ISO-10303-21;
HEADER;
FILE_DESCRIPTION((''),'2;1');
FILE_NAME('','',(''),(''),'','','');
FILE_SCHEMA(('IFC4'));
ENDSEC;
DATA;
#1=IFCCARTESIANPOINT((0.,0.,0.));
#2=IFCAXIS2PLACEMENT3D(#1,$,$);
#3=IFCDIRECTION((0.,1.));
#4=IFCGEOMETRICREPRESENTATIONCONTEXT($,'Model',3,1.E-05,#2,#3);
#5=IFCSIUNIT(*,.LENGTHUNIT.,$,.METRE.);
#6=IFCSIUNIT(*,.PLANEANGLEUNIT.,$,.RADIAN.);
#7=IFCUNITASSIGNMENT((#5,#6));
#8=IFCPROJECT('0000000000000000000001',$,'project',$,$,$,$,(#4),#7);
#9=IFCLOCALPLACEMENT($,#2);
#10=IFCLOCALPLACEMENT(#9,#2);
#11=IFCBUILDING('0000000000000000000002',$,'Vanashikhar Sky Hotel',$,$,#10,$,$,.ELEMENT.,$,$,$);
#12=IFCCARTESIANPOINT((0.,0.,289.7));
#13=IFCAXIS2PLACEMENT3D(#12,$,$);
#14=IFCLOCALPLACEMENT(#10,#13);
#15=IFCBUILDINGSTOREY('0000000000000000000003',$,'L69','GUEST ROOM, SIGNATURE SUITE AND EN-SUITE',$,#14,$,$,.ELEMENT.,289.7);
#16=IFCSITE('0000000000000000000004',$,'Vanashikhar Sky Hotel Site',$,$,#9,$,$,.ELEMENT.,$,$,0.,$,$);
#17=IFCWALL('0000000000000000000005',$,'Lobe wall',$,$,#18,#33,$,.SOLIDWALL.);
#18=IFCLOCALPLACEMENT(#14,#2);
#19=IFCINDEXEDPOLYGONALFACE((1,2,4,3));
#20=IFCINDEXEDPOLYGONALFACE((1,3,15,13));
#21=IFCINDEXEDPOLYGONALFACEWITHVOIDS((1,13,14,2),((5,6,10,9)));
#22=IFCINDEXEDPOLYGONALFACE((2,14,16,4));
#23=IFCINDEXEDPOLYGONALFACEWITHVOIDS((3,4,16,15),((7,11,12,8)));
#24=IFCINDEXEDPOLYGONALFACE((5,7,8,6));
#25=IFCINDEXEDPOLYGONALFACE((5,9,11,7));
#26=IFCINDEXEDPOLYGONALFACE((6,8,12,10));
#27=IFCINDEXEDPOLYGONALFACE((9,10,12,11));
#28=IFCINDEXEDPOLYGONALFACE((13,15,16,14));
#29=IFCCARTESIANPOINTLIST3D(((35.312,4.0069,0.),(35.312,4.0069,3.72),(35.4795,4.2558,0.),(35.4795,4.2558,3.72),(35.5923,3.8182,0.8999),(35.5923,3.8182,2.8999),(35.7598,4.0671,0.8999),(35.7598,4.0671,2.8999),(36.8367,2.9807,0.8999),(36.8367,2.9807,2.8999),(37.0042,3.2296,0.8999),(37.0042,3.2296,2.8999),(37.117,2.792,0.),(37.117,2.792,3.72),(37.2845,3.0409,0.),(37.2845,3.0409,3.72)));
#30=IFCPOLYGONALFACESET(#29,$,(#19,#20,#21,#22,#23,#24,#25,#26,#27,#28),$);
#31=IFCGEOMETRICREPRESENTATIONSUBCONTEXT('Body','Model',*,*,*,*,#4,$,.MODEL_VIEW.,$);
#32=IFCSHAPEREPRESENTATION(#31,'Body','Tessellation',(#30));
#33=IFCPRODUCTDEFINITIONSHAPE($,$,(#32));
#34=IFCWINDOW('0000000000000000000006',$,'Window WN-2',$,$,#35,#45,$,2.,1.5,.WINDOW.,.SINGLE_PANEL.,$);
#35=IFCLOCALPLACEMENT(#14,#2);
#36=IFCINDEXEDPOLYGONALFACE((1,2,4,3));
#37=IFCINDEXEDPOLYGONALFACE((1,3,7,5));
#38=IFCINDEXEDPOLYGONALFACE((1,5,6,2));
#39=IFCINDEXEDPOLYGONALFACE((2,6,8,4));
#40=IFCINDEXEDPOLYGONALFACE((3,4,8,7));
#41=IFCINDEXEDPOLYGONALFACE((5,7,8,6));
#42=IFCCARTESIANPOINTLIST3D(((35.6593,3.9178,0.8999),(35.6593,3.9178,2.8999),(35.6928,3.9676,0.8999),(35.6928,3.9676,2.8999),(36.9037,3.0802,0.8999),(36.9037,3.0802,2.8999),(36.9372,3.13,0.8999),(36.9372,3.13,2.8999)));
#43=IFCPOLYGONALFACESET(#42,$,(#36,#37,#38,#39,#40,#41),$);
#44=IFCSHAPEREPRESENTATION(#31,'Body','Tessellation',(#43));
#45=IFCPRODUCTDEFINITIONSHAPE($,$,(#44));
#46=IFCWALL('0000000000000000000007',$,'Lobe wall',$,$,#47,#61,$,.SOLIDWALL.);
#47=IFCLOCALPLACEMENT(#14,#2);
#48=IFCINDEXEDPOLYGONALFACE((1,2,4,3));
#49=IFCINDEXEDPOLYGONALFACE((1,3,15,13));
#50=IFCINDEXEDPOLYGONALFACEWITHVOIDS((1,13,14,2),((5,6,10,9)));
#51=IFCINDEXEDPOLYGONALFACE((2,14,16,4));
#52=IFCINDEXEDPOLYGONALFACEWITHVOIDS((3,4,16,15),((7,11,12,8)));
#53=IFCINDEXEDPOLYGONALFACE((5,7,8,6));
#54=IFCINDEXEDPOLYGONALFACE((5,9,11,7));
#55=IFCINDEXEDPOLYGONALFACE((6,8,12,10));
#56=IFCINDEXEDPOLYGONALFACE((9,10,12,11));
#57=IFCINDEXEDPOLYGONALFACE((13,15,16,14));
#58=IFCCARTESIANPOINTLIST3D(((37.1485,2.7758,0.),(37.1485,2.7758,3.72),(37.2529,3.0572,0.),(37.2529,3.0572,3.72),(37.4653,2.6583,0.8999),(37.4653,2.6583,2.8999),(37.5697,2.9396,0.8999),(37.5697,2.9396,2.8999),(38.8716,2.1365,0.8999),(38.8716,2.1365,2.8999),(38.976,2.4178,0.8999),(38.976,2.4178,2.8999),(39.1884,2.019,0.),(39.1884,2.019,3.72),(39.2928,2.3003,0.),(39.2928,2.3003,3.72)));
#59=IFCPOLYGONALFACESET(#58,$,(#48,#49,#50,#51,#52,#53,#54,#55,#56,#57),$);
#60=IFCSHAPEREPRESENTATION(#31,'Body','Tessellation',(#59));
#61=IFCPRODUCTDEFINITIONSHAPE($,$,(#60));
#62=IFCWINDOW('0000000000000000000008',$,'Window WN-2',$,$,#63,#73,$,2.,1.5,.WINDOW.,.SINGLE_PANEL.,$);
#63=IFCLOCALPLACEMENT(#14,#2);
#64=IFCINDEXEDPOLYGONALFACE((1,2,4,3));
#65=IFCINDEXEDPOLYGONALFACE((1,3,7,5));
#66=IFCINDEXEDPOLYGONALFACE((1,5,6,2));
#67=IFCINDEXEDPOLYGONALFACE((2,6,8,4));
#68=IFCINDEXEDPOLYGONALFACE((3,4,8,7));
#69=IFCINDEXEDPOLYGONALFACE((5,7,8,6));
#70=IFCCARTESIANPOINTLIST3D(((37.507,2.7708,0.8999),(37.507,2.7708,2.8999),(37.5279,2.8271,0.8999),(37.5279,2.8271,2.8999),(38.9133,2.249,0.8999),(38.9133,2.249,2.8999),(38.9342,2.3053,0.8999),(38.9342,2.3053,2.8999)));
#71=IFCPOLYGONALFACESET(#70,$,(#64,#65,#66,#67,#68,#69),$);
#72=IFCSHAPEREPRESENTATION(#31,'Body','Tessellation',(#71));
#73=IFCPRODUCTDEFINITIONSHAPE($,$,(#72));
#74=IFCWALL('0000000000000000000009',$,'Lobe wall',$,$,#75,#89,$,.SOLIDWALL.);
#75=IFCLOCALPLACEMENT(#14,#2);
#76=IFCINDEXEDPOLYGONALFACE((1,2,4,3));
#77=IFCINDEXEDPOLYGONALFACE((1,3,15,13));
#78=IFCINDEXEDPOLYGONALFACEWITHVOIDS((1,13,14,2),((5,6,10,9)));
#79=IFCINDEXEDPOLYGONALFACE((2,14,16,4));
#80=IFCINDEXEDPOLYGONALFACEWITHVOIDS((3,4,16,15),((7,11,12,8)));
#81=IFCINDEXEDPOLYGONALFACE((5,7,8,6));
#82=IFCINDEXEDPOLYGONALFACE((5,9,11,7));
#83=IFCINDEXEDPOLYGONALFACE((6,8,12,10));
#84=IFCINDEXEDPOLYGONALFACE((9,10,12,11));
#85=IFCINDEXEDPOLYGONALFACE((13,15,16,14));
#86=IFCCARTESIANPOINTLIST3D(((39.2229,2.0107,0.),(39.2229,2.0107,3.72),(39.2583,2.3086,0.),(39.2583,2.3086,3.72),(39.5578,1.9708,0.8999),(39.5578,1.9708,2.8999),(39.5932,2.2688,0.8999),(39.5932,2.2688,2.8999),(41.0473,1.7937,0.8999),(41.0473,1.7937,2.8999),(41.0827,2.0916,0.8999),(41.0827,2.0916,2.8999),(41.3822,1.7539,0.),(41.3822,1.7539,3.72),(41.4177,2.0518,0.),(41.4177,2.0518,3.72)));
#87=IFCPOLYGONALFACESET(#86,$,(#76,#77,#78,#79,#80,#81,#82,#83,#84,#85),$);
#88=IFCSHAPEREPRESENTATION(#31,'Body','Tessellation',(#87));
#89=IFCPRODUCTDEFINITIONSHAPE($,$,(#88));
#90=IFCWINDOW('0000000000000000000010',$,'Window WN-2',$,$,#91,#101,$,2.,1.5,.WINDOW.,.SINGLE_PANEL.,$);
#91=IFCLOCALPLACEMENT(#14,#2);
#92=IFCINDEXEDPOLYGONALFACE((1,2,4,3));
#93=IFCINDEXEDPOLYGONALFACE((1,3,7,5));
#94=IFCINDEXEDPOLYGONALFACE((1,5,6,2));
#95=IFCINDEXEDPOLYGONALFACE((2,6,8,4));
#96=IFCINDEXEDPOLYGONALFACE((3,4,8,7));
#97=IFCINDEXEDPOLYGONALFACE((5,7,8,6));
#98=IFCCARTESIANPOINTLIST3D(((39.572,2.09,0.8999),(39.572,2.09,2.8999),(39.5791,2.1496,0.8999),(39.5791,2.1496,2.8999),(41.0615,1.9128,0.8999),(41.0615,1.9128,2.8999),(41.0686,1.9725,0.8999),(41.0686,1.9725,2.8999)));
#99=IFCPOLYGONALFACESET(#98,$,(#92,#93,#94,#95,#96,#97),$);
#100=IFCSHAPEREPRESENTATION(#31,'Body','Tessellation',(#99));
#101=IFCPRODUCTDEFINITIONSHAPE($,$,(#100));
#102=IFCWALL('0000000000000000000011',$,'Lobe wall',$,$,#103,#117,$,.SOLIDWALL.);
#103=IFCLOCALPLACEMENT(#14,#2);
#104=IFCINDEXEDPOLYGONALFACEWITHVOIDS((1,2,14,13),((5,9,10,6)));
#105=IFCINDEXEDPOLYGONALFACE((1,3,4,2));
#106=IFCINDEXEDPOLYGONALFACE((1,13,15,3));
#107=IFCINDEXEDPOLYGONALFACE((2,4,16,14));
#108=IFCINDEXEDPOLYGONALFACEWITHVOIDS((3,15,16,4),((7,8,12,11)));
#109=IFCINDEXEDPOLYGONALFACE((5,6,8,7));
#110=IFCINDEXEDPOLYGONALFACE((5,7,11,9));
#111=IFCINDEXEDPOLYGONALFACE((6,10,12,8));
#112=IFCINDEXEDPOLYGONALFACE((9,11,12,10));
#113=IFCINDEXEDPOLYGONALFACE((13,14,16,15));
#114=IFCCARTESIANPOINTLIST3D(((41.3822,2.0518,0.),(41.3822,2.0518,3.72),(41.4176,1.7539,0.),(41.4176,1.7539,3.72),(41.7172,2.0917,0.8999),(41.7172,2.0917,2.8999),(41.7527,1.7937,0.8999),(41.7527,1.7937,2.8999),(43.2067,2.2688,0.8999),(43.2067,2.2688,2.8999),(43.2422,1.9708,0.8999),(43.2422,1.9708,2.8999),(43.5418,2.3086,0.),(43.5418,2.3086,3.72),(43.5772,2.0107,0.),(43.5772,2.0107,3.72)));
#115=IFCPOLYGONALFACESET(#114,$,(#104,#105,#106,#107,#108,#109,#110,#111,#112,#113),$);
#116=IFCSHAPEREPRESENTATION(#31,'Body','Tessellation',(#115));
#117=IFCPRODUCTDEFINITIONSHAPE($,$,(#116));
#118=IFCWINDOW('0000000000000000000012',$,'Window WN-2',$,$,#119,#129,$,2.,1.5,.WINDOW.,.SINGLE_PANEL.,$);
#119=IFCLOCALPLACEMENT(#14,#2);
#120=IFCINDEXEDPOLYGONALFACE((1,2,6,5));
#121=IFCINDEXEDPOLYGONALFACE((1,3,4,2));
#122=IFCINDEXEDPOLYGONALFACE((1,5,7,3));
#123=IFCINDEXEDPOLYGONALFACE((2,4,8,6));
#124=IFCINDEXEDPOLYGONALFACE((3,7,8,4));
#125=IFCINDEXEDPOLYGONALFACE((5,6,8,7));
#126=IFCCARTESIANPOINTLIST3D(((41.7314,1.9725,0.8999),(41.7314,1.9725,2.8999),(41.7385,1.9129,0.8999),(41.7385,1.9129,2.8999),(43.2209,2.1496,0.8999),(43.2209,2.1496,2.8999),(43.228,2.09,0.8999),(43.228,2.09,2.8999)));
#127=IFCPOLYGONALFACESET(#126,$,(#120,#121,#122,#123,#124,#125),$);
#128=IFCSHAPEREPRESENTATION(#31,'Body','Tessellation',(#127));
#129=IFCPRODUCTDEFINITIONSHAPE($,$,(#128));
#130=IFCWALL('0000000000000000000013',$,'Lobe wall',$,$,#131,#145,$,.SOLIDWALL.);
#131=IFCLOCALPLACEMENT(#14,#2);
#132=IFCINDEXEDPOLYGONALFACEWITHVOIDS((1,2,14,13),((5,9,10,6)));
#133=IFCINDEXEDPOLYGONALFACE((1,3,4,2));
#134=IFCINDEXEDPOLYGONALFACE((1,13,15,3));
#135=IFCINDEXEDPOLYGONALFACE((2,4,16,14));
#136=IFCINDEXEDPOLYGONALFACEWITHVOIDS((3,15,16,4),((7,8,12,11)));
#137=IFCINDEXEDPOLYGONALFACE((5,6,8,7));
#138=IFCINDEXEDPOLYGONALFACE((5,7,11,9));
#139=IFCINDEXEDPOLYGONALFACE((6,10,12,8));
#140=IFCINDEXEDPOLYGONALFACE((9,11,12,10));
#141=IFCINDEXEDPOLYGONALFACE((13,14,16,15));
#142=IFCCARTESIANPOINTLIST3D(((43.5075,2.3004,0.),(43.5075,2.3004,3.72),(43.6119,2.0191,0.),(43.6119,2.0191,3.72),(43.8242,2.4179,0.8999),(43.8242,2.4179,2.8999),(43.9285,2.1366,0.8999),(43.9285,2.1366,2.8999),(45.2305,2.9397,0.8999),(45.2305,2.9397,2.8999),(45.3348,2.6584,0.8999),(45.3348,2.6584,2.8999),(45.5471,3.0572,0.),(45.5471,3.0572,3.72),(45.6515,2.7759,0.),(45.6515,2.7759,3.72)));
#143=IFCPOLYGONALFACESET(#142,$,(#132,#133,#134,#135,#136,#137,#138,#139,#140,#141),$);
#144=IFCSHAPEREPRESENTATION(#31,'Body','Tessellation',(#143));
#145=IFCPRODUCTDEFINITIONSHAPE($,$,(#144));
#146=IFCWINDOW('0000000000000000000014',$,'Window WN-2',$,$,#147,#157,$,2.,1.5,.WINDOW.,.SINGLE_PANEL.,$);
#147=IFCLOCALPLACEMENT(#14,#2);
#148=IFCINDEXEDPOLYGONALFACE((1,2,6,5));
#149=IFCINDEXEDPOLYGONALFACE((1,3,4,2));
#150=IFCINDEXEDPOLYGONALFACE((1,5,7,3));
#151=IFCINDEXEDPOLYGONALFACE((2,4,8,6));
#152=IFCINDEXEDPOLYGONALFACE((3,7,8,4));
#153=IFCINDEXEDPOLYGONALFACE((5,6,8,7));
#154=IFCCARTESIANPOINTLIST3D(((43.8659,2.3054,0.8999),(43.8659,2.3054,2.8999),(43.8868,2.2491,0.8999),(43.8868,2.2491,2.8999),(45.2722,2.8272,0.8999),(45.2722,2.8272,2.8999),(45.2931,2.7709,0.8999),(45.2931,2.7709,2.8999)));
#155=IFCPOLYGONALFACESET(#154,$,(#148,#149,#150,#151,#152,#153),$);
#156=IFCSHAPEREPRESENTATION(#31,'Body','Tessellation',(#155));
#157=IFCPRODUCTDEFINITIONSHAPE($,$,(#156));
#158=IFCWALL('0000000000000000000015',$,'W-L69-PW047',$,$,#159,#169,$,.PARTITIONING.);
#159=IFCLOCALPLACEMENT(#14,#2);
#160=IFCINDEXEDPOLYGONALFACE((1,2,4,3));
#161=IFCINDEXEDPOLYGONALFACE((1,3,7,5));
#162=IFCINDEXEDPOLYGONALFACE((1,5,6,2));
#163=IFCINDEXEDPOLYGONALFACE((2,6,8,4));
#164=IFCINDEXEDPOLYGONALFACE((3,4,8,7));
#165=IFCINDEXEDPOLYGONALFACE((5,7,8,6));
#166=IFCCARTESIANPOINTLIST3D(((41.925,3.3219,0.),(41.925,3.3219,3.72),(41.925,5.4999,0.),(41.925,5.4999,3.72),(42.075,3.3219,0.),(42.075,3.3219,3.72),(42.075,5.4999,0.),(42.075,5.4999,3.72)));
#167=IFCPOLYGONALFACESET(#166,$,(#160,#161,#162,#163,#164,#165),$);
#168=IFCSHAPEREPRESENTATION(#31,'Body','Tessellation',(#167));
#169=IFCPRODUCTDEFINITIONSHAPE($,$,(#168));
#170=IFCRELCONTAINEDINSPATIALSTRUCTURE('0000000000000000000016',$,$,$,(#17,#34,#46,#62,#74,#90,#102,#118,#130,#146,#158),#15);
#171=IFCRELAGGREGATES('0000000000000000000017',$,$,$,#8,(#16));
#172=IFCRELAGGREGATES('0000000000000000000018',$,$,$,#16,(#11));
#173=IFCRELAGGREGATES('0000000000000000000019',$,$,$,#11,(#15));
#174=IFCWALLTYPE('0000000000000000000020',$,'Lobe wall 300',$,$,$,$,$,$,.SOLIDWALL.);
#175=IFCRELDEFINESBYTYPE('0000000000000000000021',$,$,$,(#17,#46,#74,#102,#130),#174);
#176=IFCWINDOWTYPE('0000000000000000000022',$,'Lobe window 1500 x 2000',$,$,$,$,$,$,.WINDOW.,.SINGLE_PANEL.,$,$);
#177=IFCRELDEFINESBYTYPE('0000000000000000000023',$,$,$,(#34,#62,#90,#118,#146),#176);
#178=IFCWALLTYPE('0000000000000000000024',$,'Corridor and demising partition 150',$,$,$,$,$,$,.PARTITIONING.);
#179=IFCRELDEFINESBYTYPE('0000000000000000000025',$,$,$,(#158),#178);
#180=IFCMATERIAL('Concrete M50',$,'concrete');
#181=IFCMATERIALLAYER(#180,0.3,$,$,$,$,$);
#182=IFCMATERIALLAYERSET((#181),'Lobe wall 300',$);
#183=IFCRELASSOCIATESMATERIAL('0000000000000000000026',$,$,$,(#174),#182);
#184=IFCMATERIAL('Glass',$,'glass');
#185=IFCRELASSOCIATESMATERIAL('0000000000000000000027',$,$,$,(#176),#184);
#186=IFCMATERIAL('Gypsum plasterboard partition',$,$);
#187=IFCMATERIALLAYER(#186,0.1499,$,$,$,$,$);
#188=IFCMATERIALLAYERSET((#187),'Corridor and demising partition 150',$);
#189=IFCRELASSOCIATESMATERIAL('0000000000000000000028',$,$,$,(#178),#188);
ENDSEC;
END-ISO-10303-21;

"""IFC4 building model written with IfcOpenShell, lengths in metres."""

from ifc_helpers import new_model, si_unit, direction, frame, frame_2d, origin, place, context, subcontext, project, spatial, rectangle, extrude, source, transform, mapped, material, layer, layer_set, type_object, element, fill, save


model = new_model("IFC4")

# Units and contexts
model_context = context("Model", 3, precision=1e-05, world=origin(), true_north=direction((0.0, 1.0)))
body_context = subcontext(model_context, "Body", "Model", "MODEL_VIEW")
ifc_project = project(units=[si_unit("LENGTHUNIT", "METRE"), si_unit("PLANEANGLEUNIT", "RADIAN")], contexts=[model_context])

# Site, building, storey
site_placement = place(None, origin())
site = spatial("IfcSite", under=ifc_project, at=site_placement, Name="Vanashikhar Sky Hotel Site", CompositionType="ELEMENT", RefElevation=0.0)
building_placement = place(site_placement, origin())
building = spatial("IfcBuilding", under=site, at=building_placement, Name="Vanashikhar Sky Hotel", CompositionType="ELEMENT")
storey_placement = place(building_placement, frame((0.0, 0.0, 289.7)))
storey = spatial("IfcBuildingStorey", under=building, at=storey_placement, Name="L69", Description="GUEST ROOM, SIGNATURE SUITE AND EN-SUITE", CompositionType="ELEMENT", Elevation=289.7)

# Walls, openings, windows
ifc_material_1 = material(Name="Concrete M50", Category="concrete")
ifc_layer_1 = layer(ifc_material_1, 0.3)
ifc_layer_set_1 = layer_set([ifc_layer_1], Name="Lobe wall 300")
wall_type_1 = type_object("IfcWallType", Name="Lobe wall 300", PredefinedType="SOLIDWALL", material=ifc_layer_set_1)
shared_shape_1 = source(origin(), body_context, "Body", "SweptSolid", [
    extrude(rectangle(XDim=2.1758, YDim=0.3, at=frame_2d((1.0879, 0.0))), origin(), (0.0, 0.0, 1.0), 3.72),
])
wall_1_placement = place(storey_placement, frame((35.3958, 4.1313, 0.0), z_axis=(0.0, 0.0, 1.0), x_axis=(0.829591, -0.558372, 0.0)))
wall_1 = element("IfcWall", 1, at=wall_1_placement, inside=storey, type_object=wall_type_1, Name="Lobe wall", PredefinedType="SOLIDWALL", context=body_context, shape_type="MappedRepresentation", body=[
    mapped(shared_shape_1, transform((0.0, 0.0, 0.0), scale=1.0)),
])
shared_shape_2 = source(origin(), body_context, "Body", "SweptSolid", [
    extrude(rectangle(XDim=1.5, YDim=2.0, at=frame_2d((0.75, 1.0))), frame((0.0, 0.1602, 0.0), z_axis=(0.0, -1.0, 0.0), x_axis=(1.0, 0.0, 0.0)), (0.0, 0.0, 1.0), 0.3201),
])
opening_1_placement = place(wall_1_placement, frame((0.3379, 0.0, 0.8999)))
opening_1 = element("IfcOpeningElement", 2, at=opening_1_placement, cuts=wall_1, PredefinedType="OPENING", context=body_context, shape_type="MappedRepresentation", body=[
    mapped(shared_shape_2, transform((0.0, 0.0, 0.0), scale=1.0)),
])
ifc_material_2 = material(Name="Glass", Category="glass")
window_type = type_object("IfcWindowType", Name="Lobe window 1500 x 2000", PartitioningType="SINGLE_PANEL", PredefinedType="WINDOW", material=ifc_material_2)
shared_shape_3 = source(origin(), body_context, "Body", "SweptSolid", [
    extrude(rectangle(XDim=1.5, YDim=2.0, at=frame_2d((0.75, 1.0))), frame((0.0, 0.03, 0.0), z_axis=(0.0, -1.0, 0.0), x_axis=(1.0, 0.0, 0.0)), (0.0, 0.0, 1.0), 0.0601),
])
window_1_placement = place(opening_1_placement, origin())
window_1 = element("IfcWindow", 3, at=window_1_placement, inside=storey, type_object=window_type, Name="Window WN-2", OverallHeight=2.0, OverallWidth=1.5, PartitioningType="SINGLE_PANEL", PredefinedType="WINDOW", context=body_context, shape_type="MappedRepresentation", body=[
    mapped(shared_shape_3, transform((0.0, 0.0, 0.0), scale=1.0)),
])
fill(opening_1, window_1)
wall_2_placement = place(storey_placement, frame((37.2007, 2.9165, 0.0), z_axis=(0.0, 0.0, 1.0), x_axis=(0.937546, -0.347863, 0.0)))
wall_2 = element("IfcWall", 4, at=wall_2_placement, inside=storey, type_object=wall_type_1, Name="Lobe wall", PredefinedType="SOLIDWALL", context=body_context, shape_type="MappedRepresentation", body=[
    mapped(shared_shape_1, transform((0.0, 0.0, 0.0), scale=1.0)),
])
opening_2_placement = place(wall_2_placement, frame((0.3379, 0.0, 0.8999)))
opening_2 = element("IfcOpeningElement", 5, at=opening_2_placement, cuts=wall_2, PredefinedType="OPENING", context=body_context, shape_type="MappedRepresentation", body=[
    mapped(shared_shape_2, transform((0.0, 0.0, 0.0), scale=1.0)),
])
window_2_placement = place(opening_2_placement, origin())
window_2 = element("IfcWindow", 6, at=window_2_placement, inside=storey, type_object=window_type, Name="Window WN-2", OverallHeight=2.0, OverallWidth=1.5, PartitioningType="SINGLE_PANEL", PredefinedType="WINDOW", context=body_context, shape_type="MappedRepresentation", body=[
    mapped(shared_shape_3, transform((0.0, 0.0, 0.0), scale=1.0)),
])
fill(opening_2, window_2)
shared_shape_4 = source(origin(), body_context, "Body", "SweptSolid", [
    extrude(rectangle(XDim=2.1746, YDim=0.3, at=frame_2d((1.0874, 0.0))), origin(), (0.0, 0.0, 1.0), 3.72),
])
wall_3_placement = place(storey_placement, frame((39.2405, 2.1597, 0.0), z_axis=(0.0, 0.0, 1.0), x_axis=(0.993001, -0.118105, 0.0)))
wall_3 = element("IfcWall", 7, at=wall_3_placement, inside=storey, type_object=wall_type_1, Name="Lobe wall", PredefinedType="SOLIDWALL", context=body_context, shape_type="MappedRepresentation", body=[
    mapped(shared_shape_4, transform((0.0, 0.0, 0.0), scale=1.0)),
])
opening_3_placement = place(wall_3_placement, frame((0.3374, 0.0, 0.8999)))
opening_3 = element("IfcOpeningElement", 8, at=opening_3_placement, cuts=wall_3, PredefinedType="OPENING", context=body_context, shape_type="MappedRepresentation", body=[
    mapped(shared_shape_2, transform((0.0, 0.0, 0.0), scale=1.0)),
])
window_3_placement = place(opening_3_placement, origin())
window_3 = element("IfcWindow", 9, at=window_3_placement, inside=storey, type_object=window_type, Name="Window WN-2", OverallHeight=2.0, OverallWidth=1.5, PartitioningType="SINGLE_PANEL", PredefinedType="WINDOW", context=body_context, shape_type="MappedRepresentation", body=[
    mapped(shared_shape_3, transform((0.0, 0.0, 0.0), scale=1.0)),
])
fill(opening_3, window_3)
shared_shape_5 = source(origin(), body_context, "Body", "SweptSolid", [
    extrude(rectangle(XDim=2.1748, YDim=0.3, at=frame_2d((1.0874, 0.0))), origin(), (0.0, 0.0, 1.0), 3.72),
])
wall_4_placement = place(storey_placement, frame((41.3999, 1.9028, 0.0), z_axis=(0.0, 0.0, 1.0), x_axis=(0.993003, 0.118092, 0.0)))
wall_4 = element("IfcWall", 10, at=wall_4_placement, inside=storey, type_object=wall_type_1, Name="Lobe wall", PredefinedType="SOLIDWALL", context=body_context, shape_type="MappedRepresentation", body=[
    mapped(shared_shape_5, transform((0.0, 0.0, 0.0), scale=1.0)),
])
opening_4_placement = place(wall_4_placement, frame((0.3374, 0.0, 0.8999)))
opening_4 = element("IfcOpeningElement", 11, at=opening_4_placement, cuts=wall_4, PredefinedType="OPENING", context=body_context, shape_type="MappedRepresentation", body=[
    mapped(shared_shape_2, transform((0.0, 0.0, 0.0), scale=1.0)),
])
window_4_placement = place(opening_4_placement, origin())
window_4 = element("IfcWindow", 12, at=window_4_placement, inside=storey, type_object=window_type, Name="Window WN-2", OverallHeight=2.0, OverallWidth=1.5, PartitioningType="SINGLE_PANEL", PredefinedType="WINDOW", context=body_context, shape_type="MappedRepresentation", body=[
    mapped(shared_shape_3, transform((0.0, 0.0, 0.0), scale=1.0)),
])
fill(opening_4, window_4)
shared_shape_6 = source(origin(), body_context, "Body", "SweptSolid", [
    extrude(rectangle(XDim=2.1755, YDim=0.3, at=frame_2d((1.0879, 0.0))), origin(), (0.0, 0.0, 1.0), 3.72),
])
wall_5_placement = place(storey_placement, frame((43.5596, 2.1597, 0.0), z_axis=(0.0, 0.0, 1.0), x_axis=(0.937532, 0.347899, 0.0)))
wall_5 = element("IfcWall", 13, at=wall_5_placement, inside=storey, type_object=wall_type_1, Name="Lobe wall", PredefinedType="SOLIDWALL", context=body_context, shape_type="MappedRepresentation", body=[
    mapped(shared_shape_6, transform((0.0, 0.0, 0.0), scale=1.0)),
])
opening_5_placement = place(wall_5_placement, frame((0.3379, 0.0, 0.8999)))
opening_5 = element("IfcOpeningElement", 14, at=opening_5_placement, cuts=wall_5, PredefinedType="OPENING", context=body_context, shape_type="MappedRepresentation", body=[
    mapped(shared_shape_2, transform((0.0, 0.0, 0.0), scale=1.0)),
])
window_5_placement = place(opening_5_placement, origin())
window_5 = element("IfcWindow", 15, at=window_5_placement, inside=storey, type_object=window_type, Name="Window WN-2", OverallHeight=2.0, OverallWidth=1.5, PartitioningType="SINGLE_PANEL", PredefinedType="WINDOW", context=body_context, shape_type="MappedRepresentation", body=[
    mapped(shared_shape_3, transform((0.0, 0.0, 0.0), scale=1.0)),
])
fill(opening_5, window_5)

# Wall
ifc_material_3 = material(Name="Gypsum plasterboard partition")
ifc_layer_2 = layer(ifc_material_3, 0.1499)
ifc_layer_set_2 = layer_set([ifc_layer_2], Name="Corridor and demising partition 150")
wall_type_2 = type_object("IfcWallType", Name="Corridor and demising partition 150", PredefinedType="PARTITIONING", material=ifc_layer_set_2)
shared_shape_7 = source(origin(), body_context, "Body", "SweptSolid", [
    extrude(rectangle(XDim=2.178, YDim=0.1499, at=frame_2d((1.0889, 0.0))), origin(), (0.0, 0.0, 1.0), 3.72),
])
wall_6_placement = place(storey_placement, frame((42.0, 3.322, 0.0), z_axis=(0.0, 0.0, 1.0), x_axis=(0.0, 1.0, 0.0)))
element("IfcWall", 16, at=wall_6_placement, inside=storey, type_object=wall_type_2, Name="W-L69-PW047", PredefinedType="PARTITIONING", context=body_context, shape_type="MappedRepresentation", body=[
    mapped(shared_shape_7, transform((0.0, 0.0, 0.0), scale=1.0)),
])

save(model, "model.ifc")
